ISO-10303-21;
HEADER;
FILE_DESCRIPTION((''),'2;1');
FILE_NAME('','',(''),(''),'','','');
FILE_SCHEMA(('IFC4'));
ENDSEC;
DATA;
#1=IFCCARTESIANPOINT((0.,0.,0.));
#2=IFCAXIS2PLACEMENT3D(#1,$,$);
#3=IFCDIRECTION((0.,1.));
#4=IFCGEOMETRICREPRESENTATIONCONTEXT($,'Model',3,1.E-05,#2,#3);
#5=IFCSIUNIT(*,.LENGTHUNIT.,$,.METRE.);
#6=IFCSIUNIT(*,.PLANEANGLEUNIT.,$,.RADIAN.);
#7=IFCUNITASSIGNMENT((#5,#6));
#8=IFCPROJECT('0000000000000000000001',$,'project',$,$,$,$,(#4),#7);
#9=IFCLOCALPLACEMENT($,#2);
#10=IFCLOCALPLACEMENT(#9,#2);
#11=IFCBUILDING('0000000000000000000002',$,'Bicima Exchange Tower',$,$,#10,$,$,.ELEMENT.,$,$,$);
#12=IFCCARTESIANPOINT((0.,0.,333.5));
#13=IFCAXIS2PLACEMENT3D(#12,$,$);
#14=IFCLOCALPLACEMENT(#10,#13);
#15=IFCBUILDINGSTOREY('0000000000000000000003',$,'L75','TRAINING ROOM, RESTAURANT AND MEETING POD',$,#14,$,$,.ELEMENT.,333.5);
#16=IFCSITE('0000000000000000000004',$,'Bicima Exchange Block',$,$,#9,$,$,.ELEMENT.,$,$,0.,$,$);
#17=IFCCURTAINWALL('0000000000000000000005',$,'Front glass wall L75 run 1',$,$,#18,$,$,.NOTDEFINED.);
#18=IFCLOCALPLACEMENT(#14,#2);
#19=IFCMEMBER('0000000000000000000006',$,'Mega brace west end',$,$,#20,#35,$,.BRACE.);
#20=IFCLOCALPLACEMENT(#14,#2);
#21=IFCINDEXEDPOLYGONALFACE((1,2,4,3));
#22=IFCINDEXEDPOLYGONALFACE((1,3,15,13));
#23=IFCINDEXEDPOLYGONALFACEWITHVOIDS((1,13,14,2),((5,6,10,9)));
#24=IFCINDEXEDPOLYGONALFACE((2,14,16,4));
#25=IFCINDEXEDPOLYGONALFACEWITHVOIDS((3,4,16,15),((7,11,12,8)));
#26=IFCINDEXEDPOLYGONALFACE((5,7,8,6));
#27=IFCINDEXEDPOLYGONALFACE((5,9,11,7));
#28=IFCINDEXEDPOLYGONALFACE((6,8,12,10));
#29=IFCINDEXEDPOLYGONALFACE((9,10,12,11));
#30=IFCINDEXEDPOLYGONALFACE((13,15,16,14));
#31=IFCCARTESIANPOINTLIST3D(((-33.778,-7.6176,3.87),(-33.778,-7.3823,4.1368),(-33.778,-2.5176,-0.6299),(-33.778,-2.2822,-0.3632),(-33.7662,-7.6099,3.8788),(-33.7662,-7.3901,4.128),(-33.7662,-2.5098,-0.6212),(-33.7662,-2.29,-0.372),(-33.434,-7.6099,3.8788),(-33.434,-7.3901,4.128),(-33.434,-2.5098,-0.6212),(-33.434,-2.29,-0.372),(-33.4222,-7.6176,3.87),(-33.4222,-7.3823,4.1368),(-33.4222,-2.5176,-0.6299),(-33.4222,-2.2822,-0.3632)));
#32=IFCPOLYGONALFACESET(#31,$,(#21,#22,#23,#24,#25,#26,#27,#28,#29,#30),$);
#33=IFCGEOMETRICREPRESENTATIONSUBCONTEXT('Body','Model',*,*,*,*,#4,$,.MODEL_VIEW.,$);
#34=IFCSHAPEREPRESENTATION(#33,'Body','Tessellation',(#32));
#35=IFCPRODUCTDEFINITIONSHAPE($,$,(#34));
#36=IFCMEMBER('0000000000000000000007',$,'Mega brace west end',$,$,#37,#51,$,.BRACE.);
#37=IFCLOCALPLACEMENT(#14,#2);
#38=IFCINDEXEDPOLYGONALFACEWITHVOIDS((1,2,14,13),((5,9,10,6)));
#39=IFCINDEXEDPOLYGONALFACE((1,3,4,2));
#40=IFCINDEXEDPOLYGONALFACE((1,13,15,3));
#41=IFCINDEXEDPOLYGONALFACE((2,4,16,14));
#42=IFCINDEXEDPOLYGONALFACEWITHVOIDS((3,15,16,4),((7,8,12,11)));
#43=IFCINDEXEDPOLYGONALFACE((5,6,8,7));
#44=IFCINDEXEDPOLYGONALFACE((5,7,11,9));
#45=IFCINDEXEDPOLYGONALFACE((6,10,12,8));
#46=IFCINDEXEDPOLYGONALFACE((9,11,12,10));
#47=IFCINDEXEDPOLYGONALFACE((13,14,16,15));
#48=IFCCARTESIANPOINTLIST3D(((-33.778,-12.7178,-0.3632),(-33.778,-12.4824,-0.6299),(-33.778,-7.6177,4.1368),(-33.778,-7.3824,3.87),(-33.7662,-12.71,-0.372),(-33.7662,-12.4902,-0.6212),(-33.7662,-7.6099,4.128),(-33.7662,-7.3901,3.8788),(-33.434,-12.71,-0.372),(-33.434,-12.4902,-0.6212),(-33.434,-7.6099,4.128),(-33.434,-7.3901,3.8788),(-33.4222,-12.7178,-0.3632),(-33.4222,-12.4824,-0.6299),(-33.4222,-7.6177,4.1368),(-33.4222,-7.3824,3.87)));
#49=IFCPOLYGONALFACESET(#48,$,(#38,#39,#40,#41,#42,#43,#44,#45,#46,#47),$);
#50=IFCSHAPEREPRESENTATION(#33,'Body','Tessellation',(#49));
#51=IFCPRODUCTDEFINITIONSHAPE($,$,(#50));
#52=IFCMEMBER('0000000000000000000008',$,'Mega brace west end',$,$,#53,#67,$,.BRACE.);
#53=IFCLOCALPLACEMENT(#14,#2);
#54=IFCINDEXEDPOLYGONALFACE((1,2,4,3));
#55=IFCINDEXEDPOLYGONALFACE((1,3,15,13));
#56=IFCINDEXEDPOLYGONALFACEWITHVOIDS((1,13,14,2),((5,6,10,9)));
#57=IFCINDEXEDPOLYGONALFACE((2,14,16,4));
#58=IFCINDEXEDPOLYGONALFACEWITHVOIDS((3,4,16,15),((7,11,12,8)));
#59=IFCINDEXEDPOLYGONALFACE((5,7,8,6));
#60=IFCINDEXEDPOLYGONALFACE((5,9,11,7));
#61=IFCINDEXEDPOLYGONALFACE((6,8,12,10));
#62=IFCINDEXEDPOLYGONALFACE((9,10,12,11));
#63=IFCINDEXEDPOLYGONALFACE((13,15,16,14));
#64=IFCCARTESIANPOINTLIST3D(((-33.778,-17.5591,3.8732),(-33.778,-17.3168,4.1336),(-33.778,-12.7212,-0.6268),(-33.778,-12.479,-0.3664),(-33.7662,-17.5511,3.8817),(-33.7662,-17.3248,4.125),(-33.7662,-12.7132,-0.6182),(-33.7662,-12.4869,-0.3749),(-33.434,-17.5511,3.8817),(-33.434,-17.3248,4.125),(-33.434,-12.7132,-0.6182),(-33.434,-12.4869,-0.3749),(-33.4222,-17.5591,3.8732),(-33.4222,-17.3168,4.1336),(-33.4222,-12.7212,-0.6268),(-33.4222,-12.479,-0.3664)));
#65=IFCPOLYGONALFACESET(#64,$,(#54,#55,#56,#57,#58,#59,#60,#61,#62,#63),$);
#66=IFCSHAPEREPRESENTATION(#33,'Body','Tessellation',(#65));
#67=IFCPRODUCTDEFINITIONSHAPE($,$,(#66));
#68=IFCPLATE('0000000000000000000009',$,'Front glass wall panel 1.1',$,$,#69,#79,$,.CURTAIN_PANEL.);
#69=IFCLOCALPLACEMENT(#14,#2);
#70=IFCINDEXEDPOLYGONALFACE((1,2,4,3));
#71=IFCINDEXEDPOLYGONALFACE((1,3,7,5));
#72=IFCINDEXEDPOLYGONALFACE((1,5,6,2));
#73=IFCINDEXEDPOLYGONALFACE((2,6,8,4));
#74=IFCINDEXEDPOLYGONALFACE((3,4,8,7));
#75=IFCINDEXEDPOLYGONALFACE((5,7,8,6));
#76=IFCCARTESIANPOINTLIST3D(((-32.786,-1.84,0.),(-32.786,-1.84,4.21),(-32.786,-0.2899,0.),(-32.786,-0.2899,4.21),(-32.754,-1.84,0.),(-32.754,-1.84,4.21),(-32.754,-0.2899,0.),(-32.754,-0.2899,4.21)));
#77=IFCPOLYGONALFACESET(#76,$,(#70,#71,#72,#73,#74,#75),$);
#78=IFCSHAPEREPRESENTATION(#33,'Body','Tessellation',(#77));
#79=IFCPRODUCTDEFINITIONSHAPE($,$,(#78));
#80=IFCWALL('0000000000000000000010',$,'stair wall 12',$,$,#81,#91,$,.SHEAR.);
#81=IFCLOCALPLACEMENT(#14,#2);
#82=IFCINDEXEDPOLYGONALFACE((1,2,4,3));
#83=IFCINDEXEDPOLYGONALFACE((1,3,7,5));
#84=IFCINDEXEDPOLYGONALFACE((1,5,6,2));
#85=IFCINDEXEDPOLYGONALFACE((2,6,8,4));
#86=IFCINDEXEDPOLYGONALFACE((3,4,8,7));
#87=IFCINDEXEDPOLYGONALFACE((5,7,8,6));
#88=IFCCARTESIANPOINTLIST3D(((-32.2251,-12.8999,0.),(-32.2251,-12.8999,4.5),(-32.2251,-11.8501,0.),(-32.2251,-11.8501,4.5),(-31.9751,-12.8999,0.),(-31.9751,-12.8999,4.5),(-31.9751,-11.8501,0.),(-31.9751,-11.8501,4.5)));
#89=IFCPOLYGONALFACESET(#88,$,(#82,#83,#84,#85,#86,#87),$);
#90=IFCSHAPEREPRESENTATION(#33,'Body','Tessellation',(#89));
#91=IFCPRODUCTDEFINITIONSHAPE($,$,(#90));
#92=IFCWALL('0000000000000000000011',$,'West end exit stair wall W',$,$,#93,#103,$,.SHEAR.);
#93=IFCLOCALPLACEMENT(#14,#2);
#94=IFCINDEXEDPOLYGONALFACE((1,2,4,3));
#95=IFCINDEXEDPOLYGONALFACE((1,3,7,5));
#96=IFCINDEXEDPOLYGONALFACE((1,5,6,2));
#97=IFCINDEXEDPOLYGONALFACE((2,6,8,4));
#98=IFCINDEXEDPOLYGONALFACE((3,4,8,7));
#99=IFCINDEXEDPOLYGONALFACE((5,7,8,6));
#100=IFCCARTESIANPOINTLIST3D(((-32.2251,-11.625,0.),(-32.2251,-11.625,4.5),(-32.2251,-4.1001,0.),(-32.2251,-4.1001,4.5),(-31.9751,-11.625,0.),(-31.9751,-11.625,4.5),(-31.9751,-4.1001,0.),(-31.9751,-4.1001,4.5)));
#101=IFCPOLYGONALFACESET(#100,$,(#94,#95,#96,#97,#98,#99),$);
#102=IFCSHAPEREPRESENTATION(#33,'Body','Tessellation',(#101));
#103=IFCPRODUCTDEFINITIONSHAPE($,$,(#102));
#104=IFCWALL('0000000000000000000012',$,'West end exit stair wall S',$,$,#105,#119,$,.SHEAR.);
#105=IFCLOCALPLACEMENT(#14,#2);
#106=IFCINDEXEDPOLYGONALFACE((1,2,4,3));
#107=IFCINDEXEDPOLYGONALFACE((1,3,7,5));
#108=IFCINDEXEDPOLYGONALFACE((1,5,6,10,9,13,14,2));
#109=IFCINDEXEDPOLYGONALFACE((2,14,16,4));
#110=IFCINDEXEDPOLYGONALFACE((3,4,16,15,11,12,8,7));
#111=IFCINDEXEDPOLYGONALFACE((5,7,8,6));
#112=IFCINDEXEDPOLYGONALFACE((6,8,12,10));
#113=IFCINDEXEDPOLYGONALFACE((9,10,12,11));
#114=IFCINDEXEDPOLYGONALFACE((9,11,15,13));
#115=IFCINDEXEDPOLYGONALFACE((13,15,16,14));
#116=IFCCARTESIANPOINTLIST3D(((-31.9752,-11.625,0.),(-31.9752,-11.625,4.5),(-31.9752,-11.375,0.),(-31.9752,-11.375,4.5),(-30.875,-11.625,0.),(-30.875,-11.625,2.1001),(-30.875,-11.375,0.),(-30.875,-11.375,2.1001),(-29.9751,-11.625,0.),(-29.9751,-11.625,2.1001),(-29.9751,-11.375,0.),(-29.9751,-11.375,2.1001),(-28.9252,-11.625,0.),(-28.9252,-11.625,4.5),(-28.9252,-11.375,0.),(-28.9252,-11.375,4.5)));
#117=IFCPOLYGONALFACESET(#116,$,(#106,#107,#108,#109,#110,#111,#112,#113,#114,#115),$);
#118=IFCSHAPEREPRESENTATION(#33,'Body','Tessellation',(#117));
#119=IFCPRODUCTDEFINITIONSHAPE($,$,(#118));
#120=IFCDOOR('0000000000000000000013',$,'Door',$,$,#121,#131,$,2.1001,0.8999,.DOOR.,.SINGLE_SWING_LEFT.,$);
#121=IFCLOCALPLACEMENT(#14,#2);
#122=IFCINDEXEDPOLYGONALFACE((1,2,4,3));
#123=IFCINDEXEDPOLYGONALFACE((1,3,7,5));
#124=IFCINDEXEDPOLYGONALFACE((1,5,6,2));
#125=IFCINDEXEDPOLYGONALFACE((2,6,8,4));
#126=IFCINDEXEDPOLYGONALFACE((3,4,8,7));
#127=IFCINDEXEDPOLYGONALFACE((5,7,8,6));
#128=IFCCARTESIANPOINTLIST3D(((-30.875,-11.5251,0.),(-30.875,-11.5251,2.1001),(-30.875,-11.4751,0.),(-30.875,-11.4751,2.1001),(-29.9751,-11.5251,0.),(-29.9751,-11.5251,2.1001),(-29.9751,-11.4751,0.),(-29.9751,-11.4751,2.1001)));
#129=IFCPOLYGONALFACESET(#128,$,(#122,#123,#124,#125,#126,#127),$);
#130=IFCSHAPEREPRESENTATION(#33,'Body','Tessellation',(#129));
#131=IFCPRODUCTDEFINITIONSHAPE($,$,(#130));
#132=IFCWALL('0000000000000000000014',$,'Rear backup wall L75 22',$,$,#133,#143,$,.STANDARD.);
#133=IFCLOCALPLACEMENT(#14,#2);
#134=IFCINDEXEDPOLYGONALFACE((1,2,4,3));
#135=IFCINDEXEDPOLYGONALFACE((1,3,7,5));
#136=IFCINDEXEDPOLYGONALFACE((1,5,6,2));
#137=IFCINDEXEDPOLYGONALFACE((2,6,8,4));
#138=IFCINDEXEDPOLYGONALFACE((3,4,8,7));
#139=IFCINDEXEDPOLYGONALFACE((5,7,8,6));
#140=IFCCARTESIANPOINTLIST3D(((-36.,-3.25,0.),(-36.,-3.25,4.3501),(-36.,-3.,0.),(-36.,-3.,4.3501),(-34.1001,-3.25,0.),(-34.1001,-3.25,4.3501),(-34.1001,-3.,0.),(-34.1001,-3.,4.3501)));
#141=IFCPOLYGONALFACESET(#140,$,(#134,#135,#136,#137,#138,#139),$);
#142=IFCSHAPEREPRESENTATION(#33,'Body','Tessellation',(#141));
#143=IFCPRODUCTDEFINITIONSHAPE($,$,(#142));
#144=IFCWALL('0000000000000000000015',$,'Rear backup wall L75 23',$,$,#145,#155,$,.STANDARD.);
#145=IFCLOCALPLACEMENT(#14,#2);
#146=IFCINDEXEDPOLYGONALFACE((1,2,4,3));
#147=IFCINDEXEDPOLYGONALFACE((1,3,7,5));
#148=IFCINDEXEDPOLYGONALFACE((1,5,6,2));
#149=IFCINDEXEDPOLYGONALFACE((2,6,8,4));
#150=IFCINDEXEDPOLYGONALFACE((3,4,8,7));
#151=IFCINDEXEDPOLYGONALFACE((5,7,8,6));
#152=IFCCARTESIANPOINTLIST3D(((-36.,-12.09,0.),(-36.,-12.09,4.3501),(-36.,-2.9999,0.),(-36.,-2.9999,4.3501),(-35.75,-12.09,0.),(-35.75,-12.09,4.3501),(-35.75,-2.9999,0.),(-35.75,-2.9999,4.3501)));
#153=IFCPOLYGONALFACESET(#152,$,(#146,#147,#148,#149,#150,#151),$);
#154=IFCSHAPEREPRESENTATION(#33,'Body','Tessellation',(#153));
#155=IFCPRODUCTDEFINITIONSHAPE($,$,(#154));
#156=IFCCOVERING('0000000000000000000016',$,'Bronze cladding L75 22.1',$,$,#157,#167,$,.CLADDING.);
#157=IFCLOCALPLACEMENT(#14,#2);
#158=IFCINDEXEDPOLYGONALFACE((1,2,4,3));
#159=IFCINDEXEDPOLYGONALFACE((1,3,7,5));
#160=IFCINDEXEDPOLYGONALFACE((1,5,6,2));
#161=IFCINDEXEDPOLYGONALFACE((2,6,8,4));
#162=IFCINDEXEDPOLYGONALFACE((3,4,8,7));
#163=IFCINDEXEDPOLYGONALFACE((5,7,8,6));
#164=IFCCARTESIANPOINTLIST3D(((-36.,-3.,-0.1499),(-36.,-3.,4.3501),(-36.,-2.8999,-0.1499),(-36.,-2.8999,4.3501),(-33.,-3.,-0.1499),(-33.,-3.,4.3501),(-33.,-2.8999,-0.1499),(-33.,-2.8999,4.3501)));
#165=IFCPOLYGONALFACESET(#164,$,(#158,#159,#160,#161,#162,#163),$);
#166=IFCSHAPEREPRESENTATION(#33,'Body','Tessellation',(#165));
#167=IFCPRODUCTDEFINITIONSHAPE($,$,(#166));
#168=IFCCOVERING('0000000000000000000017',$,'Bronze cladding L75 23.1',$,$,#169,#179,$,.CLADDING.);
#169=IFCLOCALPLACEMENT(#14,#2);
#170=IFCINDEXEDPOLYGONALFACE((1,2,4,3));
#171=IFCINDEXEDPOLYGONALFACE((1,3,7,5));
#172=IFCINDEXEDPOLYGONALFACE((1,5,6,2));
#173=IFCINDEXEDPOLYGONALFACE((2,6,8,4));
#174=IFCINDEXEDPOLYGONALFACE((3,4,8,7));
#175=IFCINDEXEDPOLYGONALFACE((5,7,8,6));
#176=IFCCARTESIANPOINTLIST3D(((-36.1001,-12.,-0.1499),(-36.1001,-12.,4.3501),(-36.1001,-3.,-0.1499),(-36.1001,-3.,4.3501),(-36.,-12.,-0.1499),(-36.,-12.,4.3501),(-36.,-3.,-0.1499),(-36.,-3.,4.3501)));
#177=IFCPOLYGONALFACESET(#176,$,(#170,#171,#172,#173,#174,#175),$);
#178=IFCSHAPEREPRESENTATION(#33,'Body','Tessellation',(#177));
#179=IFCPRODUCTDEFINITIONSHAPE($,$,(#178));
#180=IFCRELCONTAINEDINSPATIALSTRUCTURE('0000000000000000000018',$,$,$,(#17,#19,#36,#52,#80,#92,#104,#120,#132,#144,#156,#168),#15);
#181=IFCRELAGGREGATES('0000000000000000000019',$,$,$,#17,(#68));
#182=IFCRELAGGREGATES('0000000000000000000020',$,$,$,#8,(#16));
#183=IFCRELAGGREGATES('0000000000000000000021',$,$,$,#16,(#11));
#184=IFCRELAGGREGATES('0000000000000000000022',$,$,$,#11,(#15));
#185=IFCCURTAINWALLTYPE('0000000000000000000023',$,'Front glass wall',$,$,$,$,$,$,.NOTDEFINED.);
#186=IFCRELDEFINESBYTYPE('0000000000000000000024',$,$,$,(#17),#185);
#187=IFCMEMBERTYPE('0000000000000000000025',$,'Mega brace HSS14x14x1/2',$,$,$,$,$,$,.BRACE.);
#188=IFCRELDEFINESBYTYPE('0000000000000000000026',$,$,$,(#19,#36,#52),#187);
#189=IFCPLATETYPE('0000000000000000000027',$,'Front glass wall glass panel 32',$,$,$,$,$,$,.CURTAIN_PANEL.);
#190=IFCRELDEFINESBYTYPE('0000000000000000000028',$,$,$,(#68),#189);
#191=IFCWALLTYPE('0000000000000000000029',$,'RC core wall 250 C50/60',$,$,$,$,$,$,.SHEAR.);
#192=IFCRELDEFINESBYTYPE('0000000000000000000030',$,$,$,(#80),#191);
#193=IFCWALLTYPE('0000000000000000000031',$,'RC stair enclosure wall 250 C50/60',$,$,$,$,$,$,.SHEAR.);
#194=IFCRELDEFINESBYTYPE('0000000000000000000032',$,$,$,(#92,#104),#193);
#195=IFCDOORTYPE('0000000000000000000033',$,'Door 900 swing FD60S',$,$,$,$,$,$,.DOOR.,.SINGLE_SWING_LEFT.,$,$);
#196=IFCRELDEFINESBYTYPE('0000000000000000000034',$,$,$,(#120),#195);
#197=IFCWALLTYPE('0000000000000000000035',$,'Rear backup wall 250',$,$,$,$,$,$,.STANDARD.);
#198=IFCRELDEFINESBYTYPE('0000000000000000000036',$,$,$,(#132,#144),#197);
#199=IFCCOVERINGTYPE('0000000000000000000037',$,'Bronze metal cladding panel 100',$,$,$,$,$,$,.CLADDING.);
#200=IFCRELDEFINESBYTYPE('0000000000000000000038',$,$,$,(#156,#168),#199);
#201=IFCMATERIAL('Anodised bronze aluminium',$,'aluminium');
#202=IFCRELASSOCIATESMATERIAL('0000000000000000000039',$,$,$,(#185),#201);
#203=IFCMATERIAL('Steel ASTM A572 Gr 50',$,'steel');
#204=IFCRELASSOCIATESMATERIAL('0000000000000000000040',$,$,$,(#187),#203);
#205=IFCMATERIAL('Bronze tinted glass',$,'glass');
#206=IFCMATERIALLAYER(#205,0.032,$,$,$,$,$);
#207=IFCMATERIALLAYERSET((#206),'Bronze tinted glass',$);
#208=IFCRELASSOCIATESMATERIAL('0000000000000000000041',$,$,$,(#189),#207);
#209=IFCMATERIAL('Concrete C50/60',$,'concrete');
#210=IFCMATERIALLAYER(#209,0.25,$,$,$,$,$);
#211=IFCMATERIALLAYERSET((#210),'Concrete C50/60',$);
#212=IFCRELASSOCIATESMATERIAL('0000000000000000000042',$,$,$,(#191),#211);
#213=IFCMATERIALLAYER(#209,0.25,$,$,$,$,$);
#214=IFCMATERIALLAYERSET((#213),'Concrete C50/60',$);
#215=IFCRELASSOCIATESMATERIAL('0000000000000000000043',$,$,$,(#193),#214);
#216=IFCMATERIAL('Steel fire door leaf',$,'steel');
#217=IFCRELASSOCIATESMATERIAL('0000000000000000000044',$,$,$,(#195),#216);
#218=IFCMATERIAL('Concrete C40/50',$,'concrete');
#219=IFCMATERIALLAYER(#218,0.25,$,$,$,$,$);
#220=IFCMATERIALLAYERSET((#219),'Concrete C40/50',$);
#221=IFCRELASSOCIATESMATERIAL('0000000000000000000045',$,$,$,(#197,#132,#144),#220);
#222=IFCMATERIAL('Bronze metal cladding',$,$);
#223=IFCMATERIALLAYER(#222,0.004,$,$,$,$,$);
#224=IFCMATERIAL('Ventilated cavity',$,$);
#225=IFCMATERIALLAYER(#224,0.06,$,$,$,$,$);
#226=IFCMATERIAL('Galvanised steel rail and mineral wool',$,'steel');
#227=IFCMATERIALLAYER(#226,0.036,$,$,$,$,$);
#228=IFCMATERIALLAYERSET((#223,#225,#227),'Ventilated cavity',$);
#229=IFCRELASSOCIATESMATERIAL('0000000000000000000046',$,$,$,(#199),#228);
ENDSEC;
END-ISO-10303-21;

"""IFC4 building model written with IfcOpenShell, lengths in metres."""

from ifc_helpers import new_model, si_unit, direction, frame, frame_2d, origin, origin_2d, place, context, subcontext, project, spatial, rectangle, hollow_rectangle, extrude, material, layer, layer_set, layer_usage, material_profile, profile_set, type_object, element, fill, aggregate, save


model = new_model("IFC4")

# Units and contexts
model_context = context("Model", 3, precision=1e-05, world=origin(), true_north=direction((0.0, 1.0)))
body_context = subcontext(model_context, "Body", "Model", "MODEL_VIEW")
ifc_project = project(units=[si_unit("LENGTHUNIT", "METRE"), si_unit("PLANEANGLEUNIT", "RADIAN")], contexts=[model_context])

# Site, building, storey
site_placement = place(None, origin())
site = spatial("IfcSite", under=ifc_project, at=site_placement, Name="Bicima Exchange Block", CompositionType="ELEMENT", RefElevation=0.0)
building_placement = place(site_placement, origin())
building = spatial("IfcBuilding", under=site, at=building_placement, Name="Bicima Exchange Tower", CompositionType="ELEMENT")
storey_placement = place(building_placement, frame((0.0, 0.0, 333.5)))
storey = spatial("IfcBuildingStorey", under=building, at=storey_placement, Name="L75", Description="TRAINING ROOM, RESTAURANT AND MEETING POD", CompositionType="ELEMENT", Elevation=333.5)

# Shared definitions
ifc_material_1 = material(Name="Steel ASTM A572 Gr 50", Category="steel")

# Shared definitions
ifc_material_2 = material(Name="Anodised bronze aluminium", Category="aluminium")

# Curtain wall
curtain_wall_type_1 = type_object("IfcCurtainWallType", Name="Front glass wall", PredefinedType="NOTDEFINED", material=ifc_material_2)
curtain_wall_1_placement = place(storey_placement, origin())
curtain_wall_1 = element("IfcCurtainWall", 1, at=curtain_wall_1_placement, inside=storey, type_object=curtain_wall_type_1, Name="Front glass wall L75 run 1", PredefinedType="NOTDEFINED")

# Members
ifc_material_profile_1 = material_profile(ifc_material_1, hollow_rectangle(XDim=0.3557, YDim=0.3557, WallThickness=0.0117, at=origin_2d()))
ifc_profile_set_1 = profile_set([ifc_material_profile_1], Name="Steel ASTM A572 Gr 50")
member_type_1 = type_object("IfcMemberType", Name="Mega brace HSS14x14x1/2", PredefinedType="BRACE", material=ifc_profile_set_1)
for number, where, z_axis, x_axis, name in (
    (2, (-33.6001, -2.3999, -0.4966), (0.0, -0.749844, 0.661615), (1.0, 0.0, 0.0), "Mega brace west end"),
    (3, (-33.6001, -12.6001, -0.4966), (0.0, 0.749844, 0.661615), (-1.0, 0.0, 0.0), "Mega brace west end"),
):
    element("IfcMember", number, at=place(storey_placement, frame(where, z_axis=z_axis, x_axis=x_axis)), inside=storey, type_object=member_type_1, Name=name, PredefinedType="BRACE", context=body_context, shape_type="SweptSolid", body=[
        extrude(hollow_rectangle(XDim=0.3557, YDim=0.3557, WallThickness=0.0117, at=origin_2d()), origin(), (0.0, 0.0, 1.0), 6.8015),
    ])
member_1_placement = place(storey_placement, frame((-33.6001, -12.6001, -0.4966), z_axis=(0.0, -0.732214, 0.681074), x_axis=(1.0, 0.0, 0.0)))
element("IfcMember", 4, at=member_1_placement, inside=storey, type_object=member_type_1, Name="Mega brace west end", PredefinedType="BRACE", context=body_context, shape_type="SweptSolid", body=[
    extrude(hollow_rectangle(XDim=0.3557, YDim=0.3557, WallThickness=0.0117, at=origin_2d()), origin(), (0.0, 0.0, 1.0), 6.6072),
])

# Plate
ifc_material_3 = material(Name="Bronze tinted glass", Category="glass")
ifc_layer_1 = layer(ifc_material_3, 0.032)
ifc_layer_set_1 = layer_set([ifc_layer_1], Name="Bronze tinted glass")
plate_type = type_object("IfcPlateType", Name="Front glass wall glass panel 32", PredefinedType="CURTAIN_PANEL", material=ifc_layer_set_1)
plate_placement = place(storey_placement, frame((-32.77, -1.0649, 0.0), z_axis=(0.0, 0.0, 1.0), x_axis=(0.0, -1.0, 0.0)))
plate = element("IfcPlate", 5, at=plate_placement, type_object=plate_type, Name="Front glass wall panel 1.1", PredefinedType="CURTAIN_PANEL", context=body_context, shape_type="SweptSolid", body=[
    extrude(rectangle(XDim=1.55, YDim=0.032, at=origin_2d()), origin(), (0.0, 0.0, 1.0), 4.21),
])
aggregate(curtain_wall_1, [plate])

# Walls
ifc_material_4 = material(Name="Concrete C50/60", Category="concrete")
ifc_layer_2 = layer(ifc_material_4, 0.25)
ifc_layer_set_2 = layer_set([ifc_layer_2], Name="Concrete C50/60")
wall_type_1 = type_object("IfcWallType", Name="RC core wall 250 C50/60", PredefinedType="SHEAR", material=ifc_layer_set_2)
wall_1_placement = place(storey_placement, frame((-32.1001, -12.8999, 0.0), z_axis=(0.0, 0.0, 1.0), x_axis=(0.0, 1.0, 0.0)))
element("IfcWall", 6, at=wall_1_placement, inside=storey, type_object=wall_type_1, Name="stair wall 12", PredefinedType="SHEAR", context=body_context, shape_type="SweptSolid", body=[
    extrude(rectangle(XDim=1.0498, YDim=0.25, at=frame_2d((0.5249, 0.0))), origin(), (0.0, 0.0, 1.0), 4.5),
])
ifc_layer_3 = layer(ifc_material_4, 0.25)
ifc_layer_set_3 = layer_set([ifc_layer_3], Name="Concrete C50/60")
wall_type_2 = type_object("IfcWallType", Name="RC stair enclosure wall 250 C50/60", PredefinedType="SHEAR", material=ifc_layer_set_3)
wall_2_placement = place(storey_placement, frame((-32.1001, -11.625, 0.0), z_axis=(0.0, 0.0, 1.0), x_axis=(0.0, 1.0, 0.0)))
element("IfcWall", 7, at=wall_2_placement, inside=storey, type_object=wall_type_2, Name="West end exit stair wall W", PredefinedType="SHEAR", context=body_context, shape_type="SweptSolid", body=[
    extrude(rectangle(XDim=7.5249, YDim=0.25, at=frame_2d((3.7625, 0.0))), origin(), (0.0, 0.0, 1.0), 4.5),
])

# Wall, opening, door
wall_3_placement = place(storey_placement, frame((-31.9751, -11.5, 0.0), z_axis=(0.0, 0.0, 1.0), x_axis=(1.0, 0.0, 0.0)))
wall_3 = element("IfcWall", 8, at=wall_3_placement, inside=storey, type_object=wall_type_2, Name="West end exit stair wall S", PredefinedType="SHEAR", context=body_context, shape_type="SweptSolid", body=[
    extrude(rectangle(XDim=3.05, YDim=0.25, at=frame_2d((1.5249, 0.0))), origin(), (0.0, 0.0, 1.0), 4.5),
])
opening_placement = place(wall_3_placement, frame((1.1001, 0.0, 0.0)))
opening = element("IfcOpeningElement", 9, at=opening_placement, cuts=wall_3, PredefinedType="OPENING", context=body_context, shape_type="SweptSolid", body=[
    extrude(rectangle(XDim=0.8999, YDim=2.1001, at=frame_2d((0.45, 1.05))), frame((0.0, 0.137, 0.0), z_axis=(0.0, -1.0, 0.0), x_axis=(1.0, 0.0, 0.0)), (0.0, 0.0, 1.0), 0.2739),
])
ifc_material_5 = material(Name="Steel fire door leaf", Category="steel")
door_type = type_object("IfcDoorType", Name="Door 900 swing FD60S", OperationType="SINGLE_SWING_LEFT", PredefinedType="DOOR", material=ifc_material_5)
door_placement = place(opening_placement, origin())
door = element("IfcDoor", 10, at=door_placement, inside=storey, type_object=door_type, Name="Door", OperationType="SINGLE_SWING_LEFT", OverallHeight=2.1001, OverallWidth=0.8999, PredefinedType="DOOR", context=body_context, shape_type="SweptSolid", body=[
    extrude(rectangle(XDim=0.8999, YDim=2.1001, at=frame_2d((0.45, 1.05))), frame((0.0, 0.0249, 0.0), z_axis=(0.0, -1.0, 0.0), x_axis=(1.0, 0.0, 0.0)), (0.0, 0.0, 1.0), 0.05),
])
fill(opening, door)

# Walls
ifc_material_6 = material(Name="Concrete C40/50", Category="concrete")
ifc_layer_4 = layer(ifc_material_6, 0.25)
ifc_layer_set_4 = layer_set([ifc_layer_4], Name="Concrete C40/50")
ifc_layer_usage = layer_usage(ifc_layer_set_4, "AXIS2", "POSITIVE", -0.125)
wall_type_3 = type_object("IfcWallType", Name="Rear backup wall 250", PredefinedType="STANDARD", material=ifc_layer_set_4)
wall_4_placement = place(storey_placement, frame((-34.1001, -3.125, 0.0), z_axis=(0.0, 0.0, 1.0), x_axis=(-1.0, 0.0, 0.0)))
element("IfcWall", 11, at=wall_4_placement, inside=storey, type_object=wall_type_3, material=ifc_layer_usage, Name="Rear backup wall L75 22", PredefinedType="STANDARD", context=body_context, shape_type="SweptSolid", body=[
    extrude(rectangle(XDim=1.8999, YDim=0.25, at=frame_2d((0.95, 0.0))), origin(), (0.0, 0.0, 1.0), 4.3501),
])
wall_5_placement = place(storey_placement, frame((-35.875, -3.0, 0.0), z_axis=(0.0, 0.0, 1.0), x_axis=(0.0, -1.0, 0.0)))
element("IfcWall", 12, at=wall_5_placement, inside=storey, type_object=wall_type_3, material=ifc_layer_usage, Name="Rear backup wall L75 23", PredefinedType="STANDARD", context=body_context, shape_type="SweptSolid", body=[
    extrude(rectangle(XDim=9.0901, YDim=0.25, at=frame_2d((4.5449, 0.0))), origin(), (0.0, 0.0, 1.0), 4.3501),
])

# Coverings
ifc_material_7 = material(Name="Bronze metal cladding")
ifc_layer_5 = layer(ifc_material_7, 0.004)
ifc_material_8 = material(Name="Ventilated cavity")
ifc_layer_6 = layer(ifc_material_8, 0.06)
ifc_material_9 = material(Name="Galvanised steel rail and mineral wool", Category="steel")
ifc_layer_7 = layer(ifc_material_9, 0.036)
ifc_layer_set_5 = layer_set([ifc_layer_5, ifc_layer_6, ifc_layer_7], Name="Ventilated cavity")
covering_type = type_object("IfcCoveringType", Name="Bronze metal cladding panel 100", PredefinedType="CLADDING", material=ifc_layer_set_5)
covering_1_placement = place(storey_placement, frame((-34.5, -2.95, -0.1499), z_axis=(0.0, 0.0, 1.0), x_axis=(-1.0, 0.0, 0.0)))
element("IfcCovering", 13, at=covering_1_placement, inside=storey, type_object=covering_type, Name="Bronze cladding L75 22.1", PredefinedType="CLADDING", context=body_context, shape_type="SweptSolid", body=[
    extrude(rectangle(XDim=3.0, YDim=0.1001, at=origin_2d()), origin(), (0.0, 0.0, 1.0), 4.5),
])
covering_2_placement = place(storey_placement, frame((-36.05, -7.5, -0.1499), z_axis=(0.0, 0.0, 1.0), x_axis=(0.0, -1.0, 0.0)))
element("IfcCovering", 14, at=covering_2_placement, inside=storey, type_object=covering_type, Name="Bronze cladding L75 23.1", PredefinedType="CLADDING", context=body_context, shape_type="SweptSolid", body=[
    extrude(rectangle(XDim=9.0, YDim=0.1001, at=origin_2d()), origin(), (0.0, 0.0, 1.0), 4.5),
])

save(model, "model.ifc")
